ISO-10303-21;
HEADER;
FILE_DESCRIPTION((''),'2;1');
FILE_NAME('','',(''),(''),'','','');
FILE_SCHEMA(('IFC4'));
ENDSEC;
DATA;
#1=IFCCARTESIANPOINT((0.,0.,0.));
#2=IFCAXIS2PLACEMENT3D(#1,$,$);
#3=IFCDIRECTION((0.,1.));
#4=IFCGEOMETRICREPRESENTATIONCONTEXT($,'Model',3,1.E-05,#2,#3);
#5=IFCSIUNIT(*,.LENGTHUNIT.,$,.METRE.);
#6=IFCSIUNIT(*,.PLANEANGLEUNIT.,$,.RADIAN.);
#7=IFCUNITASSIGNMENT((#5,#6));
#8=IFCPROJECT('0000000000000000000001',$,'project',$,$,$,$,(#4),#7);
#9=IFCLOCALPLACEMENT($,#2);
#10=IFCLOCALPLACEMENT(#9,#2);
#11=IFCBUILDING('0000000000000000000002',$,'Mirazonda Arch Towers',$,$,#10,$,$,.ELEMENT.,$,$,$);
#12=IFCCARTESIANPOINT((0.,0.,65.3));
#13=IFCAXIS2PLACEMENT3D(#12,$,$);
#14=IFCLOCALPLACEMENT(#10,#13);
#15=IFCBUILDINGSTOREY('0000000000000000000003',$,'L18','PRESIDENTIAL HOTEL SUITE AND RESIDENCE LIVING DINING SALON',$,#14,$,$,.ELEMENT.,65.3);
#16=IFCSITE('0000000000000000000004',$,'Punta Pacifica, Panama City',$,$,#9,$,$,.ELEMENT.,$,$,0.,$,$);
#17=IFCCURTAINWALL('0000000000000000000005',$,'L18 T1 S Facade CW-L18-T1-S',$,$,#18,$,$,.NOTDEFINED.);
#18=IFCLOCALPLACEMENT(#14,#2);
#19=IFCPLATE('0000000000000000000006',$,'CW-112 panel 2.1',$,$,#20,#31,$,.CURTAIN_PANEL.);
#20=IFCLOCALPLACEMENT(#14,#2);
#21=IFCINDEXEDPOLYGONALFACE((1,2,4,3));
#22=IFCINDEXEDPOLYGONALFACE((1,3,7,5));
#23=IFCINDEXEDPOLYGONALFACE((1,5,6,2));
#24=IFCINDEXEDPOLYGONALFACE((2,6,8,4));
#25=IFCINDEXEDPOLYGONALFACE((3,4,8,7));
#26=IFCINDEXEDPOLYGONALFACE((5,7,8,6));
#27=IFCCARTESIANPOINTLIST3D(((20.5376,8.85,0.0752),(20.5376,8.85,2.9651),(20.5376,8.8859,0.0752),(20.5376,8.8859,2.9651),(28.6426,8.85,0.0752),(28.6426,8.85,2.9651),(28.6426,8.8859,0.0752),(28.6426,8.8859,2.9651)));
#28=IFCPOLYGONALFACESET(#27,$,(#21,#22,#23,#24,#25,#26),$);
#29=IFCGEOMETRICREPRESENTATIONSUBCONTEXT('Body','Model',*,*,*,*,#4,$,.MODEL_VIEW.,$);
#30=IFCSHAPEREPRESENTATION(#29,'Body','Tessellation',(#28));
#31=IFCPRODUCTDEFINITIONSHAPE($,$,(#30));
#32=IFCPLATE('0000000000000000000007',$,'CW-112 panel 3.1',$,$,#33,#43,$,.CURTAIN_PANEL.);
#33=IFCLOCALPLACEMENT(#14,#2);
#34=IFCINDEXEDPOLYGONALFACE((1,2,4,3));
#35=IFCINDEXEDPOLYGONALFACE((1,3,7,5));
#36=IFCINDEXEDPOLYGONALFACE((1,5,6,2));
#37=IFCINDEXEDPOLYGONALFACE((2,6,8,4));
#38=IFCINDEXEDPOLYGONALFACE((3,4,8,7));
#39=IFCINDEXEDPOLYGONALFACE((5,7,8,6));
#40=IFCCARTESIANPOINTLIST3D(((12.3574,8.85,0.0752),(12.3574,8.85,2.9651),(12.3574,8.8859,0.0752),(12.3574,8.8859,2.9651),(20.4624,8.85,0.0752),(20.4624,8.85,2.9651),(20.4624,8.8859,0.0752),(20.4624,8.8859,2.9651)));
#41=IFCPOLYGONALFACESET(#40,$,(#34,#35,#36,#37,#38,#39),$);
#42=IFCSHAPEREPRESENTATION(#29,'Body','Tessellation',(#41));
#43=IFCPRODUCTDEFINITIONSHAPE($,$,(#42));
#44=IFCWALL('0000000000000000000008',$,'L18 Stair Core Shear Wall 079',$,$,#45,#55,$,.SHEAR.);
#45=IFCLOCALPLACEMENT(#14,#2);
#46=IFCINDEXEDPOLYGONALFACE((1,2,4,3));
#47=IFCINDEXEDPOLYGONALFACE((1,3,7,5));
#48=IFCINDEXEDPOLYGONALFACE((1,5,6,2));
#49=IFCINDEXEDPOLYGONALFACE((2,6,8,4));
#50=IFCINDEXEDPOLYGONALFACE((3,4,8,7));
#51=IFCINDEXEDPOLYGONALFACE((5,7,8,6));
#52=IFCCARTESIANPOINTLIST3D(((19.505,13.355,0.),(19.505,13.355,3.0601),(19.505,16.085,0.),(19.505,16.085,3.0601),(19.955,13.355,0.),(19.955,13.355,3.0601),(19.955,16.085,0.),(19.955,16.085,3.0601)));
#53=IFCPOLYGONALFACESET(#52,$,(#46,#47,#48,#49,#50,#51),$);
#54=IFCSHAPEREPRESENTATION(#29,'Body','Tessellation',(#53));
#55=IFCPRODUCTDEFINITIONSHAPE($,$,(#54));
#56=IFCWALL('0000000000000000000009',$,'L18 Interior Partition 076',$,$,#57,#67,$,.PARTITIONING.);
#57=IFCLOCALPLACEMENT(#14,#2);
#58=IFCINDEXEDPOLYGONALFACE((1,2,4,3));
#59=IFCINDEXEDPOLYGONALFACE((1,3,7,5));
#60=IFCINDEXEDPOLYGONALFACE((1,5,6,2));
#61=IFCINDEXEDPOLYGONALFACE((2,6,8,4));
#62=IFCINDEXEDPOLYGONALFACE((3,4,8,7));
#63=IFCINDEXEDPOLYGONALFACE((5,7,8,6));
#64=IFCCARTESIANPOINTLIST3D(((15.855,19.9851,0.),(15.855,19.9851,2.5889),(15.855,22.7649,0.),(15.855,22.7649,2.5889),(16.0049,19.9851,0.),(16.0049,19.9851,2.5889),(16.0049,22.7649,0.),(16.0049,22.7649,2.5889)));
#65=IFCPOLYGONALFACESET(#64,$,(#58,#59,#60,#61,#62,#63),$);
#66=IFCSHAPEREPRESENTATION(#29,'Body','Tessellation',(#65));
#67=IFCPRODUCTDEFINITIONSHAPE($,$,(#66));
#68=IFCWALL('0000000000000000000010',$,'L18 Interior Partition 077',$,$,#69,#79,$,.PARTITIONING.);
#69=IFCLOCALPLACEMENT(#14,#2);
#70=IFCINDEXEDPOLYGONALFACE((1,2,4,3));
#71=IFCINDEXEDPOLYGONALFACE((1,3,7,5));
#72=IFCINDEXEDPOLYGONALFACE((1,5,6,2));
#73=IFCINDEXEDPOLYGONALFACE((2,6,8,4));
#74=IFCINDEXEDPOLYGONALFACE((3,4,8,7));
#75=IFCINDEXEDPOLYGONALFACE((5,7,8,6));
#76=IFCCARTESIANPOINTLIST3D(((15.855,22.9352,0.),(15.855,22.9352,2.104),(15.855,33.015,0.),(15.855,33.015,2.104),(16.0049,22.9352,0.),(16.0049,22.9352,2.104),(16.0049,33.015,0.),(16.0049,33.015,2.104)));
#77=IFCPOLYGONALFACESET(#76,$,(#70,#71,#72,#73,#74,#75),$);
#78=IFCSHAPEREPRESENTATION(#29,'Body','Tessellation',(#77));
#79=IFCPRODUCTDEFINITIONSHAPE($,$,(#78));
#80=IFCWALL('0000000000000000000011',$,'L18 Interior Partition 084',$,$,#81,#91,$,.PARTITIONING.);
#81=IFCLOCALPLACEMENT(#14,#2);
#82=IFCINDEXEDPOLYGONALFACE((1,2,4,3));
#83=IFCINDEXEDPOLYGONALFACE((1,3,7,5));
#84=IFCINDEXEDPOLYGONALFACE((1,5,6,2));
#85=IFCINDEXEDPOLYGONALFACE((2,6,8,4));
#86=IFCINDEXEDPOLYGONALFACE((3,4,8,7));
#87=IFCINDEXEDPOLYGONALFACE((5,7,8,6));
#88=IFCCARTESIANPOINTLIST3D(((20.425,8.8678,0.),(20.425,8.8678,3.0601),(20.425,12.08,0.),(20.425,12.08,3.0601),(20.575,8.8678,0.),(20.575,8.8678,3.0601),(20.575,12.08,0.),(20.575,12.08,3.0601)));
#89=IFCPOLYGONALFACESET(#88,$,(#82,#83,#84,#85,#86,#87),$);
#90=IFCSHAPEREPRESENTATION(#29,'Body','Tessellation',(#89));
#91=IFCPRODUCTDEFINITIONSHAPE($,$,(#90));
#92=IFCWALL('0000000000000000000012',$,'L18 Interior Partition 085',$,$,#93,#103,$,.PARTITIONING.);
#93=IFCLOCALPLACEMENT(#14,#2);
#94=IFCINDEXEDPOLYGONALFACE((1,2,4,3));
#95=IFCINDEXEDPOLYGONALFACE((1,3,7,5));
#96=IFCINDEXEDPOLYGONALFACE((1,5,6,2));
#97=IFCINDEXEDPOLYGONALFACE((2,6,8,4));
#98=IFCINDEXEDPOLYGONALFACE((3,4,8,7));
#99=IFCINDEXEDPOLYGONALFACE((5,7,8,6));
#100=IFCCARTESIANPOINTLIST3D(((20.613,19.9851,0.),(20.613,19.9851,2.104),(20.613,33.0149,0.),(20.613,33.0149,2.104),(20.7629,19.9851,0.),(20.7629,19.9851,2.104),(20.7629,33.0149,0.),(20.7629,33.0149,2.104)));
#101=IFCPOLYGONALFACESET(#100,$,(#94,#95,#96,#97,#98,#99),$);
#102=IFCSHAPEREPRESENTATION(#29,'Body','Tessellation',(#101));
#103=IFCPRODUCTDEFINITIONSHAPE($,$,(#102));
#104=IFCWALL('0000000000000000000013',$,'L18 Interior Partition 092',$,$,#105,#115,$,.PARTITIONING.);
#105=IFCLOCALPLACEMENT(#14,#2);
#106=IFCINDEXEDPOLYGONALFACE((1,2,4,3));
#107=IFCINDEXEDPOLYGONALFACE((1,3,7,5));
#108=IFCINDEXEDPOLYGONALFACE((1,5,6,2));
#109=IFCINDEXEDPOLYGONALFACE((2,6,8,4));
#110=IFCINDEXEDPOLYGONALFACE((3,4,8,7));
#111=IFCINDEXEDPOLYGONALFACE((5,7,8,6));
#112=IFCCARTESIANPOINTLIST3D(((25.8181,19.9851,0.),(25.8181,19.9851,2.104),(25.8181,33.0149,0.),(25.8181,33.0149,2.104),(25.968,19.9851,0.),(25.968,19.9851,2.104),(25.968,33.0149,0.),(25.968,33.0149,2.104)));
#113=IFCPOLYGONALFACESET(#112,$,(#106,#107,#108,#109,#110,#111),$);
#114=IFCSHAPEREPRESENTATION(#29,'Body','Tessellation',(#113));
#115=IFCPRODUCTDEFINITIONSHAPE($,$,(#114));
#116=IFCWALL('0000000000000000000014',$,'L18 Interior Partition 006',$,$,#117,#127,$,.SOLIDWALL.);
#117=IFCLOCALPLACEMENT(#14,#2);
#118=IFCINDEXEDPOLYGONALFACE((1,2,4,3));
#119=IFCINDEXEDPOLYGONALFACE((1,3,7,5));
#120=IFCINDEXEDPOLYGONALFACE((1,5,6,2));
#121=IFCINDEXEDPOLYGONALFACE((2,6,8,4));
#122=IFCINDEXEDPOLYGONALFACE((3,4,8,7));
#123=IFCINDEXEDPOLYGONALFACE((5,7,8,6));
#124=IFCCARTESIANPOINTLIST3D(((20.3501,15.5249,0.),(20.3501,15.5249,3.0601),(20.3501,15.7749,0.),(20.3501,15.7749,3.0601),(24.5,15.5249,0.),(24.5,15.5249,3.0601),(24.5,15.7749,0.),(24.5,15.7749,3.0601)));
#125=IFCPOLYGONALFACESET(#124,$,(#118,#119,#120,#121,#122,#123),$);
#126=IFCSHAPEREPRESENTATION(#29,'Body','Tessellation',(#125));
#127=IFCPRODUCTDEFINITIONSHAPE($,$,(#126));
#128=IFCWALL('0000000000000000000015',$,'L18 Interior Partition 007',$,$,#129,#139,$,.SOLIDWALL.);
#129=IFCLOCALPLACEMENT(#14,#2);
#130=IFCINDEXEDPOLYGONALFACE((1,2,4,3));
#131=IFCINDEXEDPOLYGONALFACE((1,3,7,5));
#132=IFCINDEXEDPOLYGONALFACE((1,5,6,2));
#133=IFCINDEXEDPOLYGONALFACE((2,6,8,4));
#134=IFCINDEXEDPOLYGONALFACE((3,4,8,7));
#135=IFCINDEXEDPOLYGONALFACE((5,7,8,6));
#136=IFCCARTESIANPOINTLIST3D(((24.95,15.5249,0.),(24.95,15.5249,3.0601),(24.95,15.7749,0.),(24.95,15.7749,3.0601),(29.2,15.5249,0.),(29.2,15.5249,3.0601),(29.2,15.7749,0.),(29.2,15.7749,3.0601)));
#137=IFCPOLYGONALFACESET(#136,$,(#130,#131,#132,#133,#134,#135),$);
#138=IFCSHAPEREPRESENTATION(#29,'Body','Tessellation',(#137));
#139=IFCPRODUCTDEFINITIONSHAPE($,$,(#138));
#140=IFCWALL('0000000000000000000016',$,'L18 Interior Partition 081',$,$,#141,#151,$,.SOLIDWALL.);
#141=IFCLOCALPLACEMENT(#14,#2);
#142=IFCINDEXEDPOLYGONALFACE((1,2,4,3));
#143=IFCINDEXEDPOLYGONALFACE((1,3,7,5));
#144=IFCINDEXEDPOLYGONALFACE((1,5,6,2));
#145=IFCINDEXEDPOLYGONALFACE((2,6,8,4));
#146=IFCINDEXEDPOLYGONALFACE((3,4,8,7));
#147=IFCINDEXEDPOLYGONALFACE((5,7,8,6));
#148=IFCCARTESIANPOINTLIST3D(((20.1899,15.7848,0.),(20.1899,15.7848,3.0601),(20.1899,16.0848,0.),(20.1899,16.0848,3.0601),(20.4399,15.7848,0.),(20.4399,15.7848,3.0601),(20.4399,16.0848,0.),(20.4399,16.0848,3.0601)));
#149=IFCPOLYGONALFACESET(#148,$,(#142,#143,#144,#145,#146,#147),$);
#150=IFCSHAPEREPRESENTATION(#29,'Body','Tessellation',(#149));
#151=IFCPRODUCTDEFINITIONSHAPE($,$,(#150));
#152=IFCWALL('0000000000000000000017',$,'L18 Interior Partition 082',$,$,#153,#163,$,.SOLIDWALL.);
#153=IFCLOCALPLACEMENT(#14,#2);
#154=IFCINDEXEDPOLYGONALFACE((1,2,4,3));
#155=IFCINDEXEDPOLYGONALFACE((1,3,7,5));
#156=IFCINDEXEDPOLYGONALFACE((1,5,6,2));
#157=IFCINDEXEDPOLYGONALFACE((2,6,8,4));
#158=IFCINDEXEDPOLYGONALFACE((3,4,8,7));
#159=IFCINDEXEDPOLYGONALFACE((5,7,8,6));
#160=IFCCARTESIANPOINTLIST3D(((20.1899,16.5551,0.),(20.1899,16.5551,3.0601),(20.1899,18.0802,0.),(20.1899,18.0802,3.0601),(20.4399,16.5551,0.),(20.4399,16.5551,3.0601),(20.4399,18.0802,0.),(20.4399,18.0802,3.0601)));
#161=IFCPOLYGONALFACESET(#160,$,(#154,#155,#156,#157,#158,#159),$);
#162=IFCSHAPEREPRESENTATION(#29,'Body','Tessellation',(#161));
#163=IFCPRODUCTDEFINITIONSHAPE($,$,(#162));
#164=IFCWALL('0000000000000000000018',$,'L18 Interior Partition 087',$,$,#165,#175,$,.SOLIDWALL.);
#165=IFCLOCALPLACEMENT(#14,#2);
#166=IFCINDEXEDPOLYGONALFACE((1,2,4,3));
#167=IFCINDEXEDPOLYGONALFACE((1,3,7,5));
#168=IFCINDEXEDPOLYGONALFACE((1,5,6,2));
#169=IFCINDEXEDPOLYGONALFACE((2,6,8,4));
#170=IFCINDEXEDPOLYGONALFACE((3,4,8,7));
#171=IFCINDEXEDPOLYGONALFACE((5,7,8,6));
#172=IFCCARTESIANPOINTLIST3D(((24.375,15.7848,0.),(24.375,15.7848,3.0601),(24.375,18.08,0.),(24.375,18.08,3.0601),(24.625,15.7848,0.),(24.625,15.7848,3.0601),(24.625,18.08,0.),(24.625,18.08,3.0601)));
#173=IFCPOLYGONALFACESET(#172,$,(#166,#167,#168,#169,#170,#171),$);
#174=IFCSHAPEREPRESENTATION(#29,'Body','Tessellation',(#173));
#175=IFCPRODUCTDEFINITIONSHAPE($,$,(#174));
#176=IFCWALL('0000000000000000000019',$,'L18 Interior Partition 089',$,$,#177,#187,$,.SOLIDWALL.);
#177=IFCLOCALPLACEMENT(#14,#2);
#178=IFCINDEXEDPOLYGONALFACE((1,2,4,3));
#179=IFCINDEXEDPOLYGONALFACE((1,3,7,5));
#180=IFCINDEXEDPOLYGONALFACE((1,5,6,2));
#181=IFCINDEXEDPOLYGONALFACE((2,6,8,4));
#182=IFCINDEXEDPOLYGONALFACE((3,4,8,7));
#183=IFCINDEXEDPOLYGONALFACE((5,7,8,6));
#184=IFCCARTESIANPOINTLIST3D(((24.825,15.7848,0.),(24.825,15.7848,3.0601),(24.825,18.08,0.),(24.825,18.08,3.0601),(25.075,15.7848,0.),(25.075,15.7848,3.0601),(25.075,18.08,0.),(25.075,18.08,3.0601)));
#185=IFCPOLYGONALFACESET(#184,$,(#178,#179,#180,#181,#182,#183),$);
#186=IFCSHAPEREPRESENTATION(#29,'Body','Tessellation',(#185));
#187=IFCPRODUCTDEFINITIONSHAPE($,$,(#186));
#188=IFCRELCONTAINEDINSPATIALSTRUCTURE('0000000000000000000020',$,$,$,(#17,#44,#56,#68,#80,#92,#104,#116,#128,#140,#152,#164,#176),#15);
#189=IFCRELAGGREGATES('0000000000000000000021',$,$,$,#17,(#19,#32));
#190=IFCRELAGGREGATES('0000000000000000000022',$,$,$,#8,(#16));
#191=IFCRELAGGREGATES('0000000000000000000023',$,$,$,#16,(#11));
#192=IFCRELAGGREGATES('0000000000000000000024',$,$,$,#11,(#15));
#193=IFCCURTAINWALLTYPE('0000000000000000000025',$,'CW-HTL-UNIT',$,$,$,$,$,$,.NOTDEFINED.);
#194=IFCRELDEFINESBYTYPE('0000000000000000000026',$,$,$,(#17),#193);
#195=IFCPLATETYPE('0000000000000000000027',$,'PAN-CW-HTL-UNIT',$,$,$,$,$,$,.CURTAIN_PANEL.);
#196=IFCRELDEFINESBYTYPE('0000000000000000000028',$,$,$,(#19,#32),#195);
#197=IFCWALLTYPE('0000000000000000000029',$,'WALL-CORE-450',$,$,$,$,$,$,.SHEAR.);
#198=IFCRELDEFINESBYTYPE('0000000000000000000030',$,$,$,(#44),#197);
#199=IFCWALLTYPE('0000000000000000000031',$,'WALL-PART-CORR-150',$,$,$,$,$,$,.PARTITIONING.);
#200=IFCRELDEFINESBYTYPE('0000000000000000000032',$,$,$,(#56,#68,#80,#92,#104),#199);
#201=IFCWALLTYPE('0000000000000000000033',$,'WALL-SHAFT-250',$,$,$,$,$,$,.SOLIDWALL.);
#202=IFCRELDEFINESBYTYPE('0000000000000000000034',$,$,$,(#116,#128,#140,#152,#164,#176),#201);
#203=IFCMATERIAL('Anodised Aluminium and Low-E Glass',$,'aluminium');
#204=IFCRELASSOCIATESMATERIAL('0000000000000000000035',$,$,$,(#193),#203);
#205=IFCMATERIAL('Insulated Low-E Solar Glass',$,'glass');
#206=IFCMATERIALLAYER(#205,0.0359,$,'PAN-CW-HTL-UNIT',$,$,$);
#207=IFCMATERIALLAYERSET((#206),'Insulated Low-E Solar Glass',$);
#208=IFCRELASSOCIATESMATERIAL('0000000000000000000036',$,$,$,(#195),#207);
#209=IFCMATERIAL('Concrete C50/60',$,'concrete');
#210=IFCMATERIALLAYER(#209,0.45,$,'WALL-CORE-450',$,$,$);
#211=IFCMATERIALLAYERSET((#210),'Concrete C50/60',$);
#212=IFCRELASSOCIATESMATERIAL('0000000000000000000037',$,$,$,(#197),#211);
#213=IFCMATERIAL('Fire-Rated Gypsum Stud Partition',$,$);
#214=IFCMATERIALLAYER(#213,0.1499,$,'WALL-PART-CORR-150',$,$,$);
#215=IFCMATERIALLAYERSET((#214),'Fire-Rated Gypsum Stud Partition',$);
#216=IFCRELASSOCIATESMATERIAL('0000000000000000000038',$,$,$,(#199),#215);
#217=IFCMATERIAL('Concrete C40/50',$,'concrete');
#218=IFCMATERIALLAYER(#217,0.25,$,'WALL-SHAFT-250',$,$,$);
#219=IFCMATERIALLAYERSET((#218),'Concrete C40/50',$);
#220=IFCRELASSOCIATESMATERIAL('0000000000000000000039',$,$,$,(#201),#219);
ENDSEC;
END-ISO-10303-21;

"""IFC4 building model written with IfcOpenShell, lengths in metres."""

from ifc_helpers import new_model, si_unit, direction, frame, frame_2d, origin, origin_2d, place, context, subcontext, project, spatial, rectangle, extrude, material, layer, layer_set, type_object, element, aggregate, save


model = new_model("IFC4")

# Units and contexts
model_context = context("Model", 3, precision=1e-05, world=origin(), true_north=direction((0.0, 1.0)))
body_context = subcontext(model_context, "Body", "Model", "MODEL_VIEW")
ifc_project = project(units=[si_unit("LENGTHUNIT", "METRE"), si_unit("PLANEANGLEUNIT", "RADIAN")], contexts=[model_context])

# Site, building, storey
site_placement = place(None, origin())
site = spatial("IfcSite", under=ifc_project, at=site_placement, Name="Punta Pacifica, Panama City", CompositionType="ELEMENT", RefElevation=0.0)
building_placement = place(site_placement, origin())
building = spatial("IfcBuilding", under=site, at=building_placement, Name="Mirazonda Arch Towers", CompositionType="ELEMENT")
storey_placement = place(building_placement, frame((0.0, 0.0, 65.3)))
storey = spatial("IfcBuildingStorey", under=building, at=storey_placement, Name="L18", Description="PRESIDENTIAL HOTEL SUITE AND RESIDENCE LIVING DINING SALON", CompositionType="ELEMENT", Elevation=65.3)

# Curtain wall, plates
ifc_material_1 = material(Name="Anodised Aluminium and Low-E Glass", Category="aluminium")
curtain_wall_type = type_object("IfcCurtainWallType", Name="CW-HTL-UNIT", PredefinedType="NOTDEFINED", material=ifc_material_1)
curtain_wall_placement = place(storey_placement, origin())
curtain_wall = element("IfcCurtainWall", 1, at=curtain_wall_placement, inside=storey, type_object=curtain_wall_type, Name="L18 T1 S Facade CW-L18-T1-S", PredefinedType="NOTDEFINED")
ifc_material_2 = material(Name="Insulated Low-E Solar Glass", Category="glass")
ifc_layer_1 = layer(ifc_material_2, 0.0359, Name="PAN-CW-HTL-UNIT")
ifc_layer_set_1 = layer_set([ifc_layer_1], Name="Insulated Low-E Solar Glass")
plate_type = type_object("IfcPlateType", Name="PAN-CW-HTL-UNIT", PredefinedType="CURTAIN_PANEL", material=ifc_layer_set_1)
plate_1_placement = place(storey_placement, frame((24.5901, 8.8679, 0.0752), z_axis=(0.0, 0.0, 1.0), x_axis=(-1.0, 0.0, 0.0)))
plate_1 = element("IfcPlate", 2, at=plate_1_placement, type_object=plate_type, Name="CW-112 panel 2.1", PredefinedType="CURTAIN_PANEL", context=body_context, shape_type="SweptSolid", body=[
    extrude(rectangle(XDim=8.105, YDim=0.0359, at=origin_2d()), origin(), (0.0, 0.0, 1.0), 2.8899),
])
plate_2_placement = place(storey_placement, frame((16.4099, 8.8679, 0.0752), z_axis=(0.0, 0.0, 1.0), x_axis=(-1.0, 0.0, 0.0)))
plate_2 = element("IfcPlate", 3, at=plate_2_placement, type_object=plate_type, Name="CW-112 panel 3.1", PredefinedType="CURTAIN_PANEL", context=body_context, shape_type="SweptSolid", body=[
    extrude(rectangle(XDim=8.105, YDim=0.0359, at=origin_2d()), origin(), (0.0, 0.0, 1.0), 2.8899),
])
aggregate(curtain_wall, [plate_1, plate_2])

# Walls
ifc_material_3 = material(Name="Concrete C50/60", Category="concrete")
ifc_layer_2 = layer(ifc_material_3, 0.45, Name="WALL-CORE-450")
ifc_layer_set_2 = layer_set([ifc_layer_2], Name="Concrete C50/60")
wall_type_1 = type_object("IfcWallType", Name="WALL-CORE-450", PredefinedType="SHEAR", material=ifc_layer_set_2)
wall_1_placement = place(storey_placement, frame((19.73, 13.355, 0.0), z_axis=(0.0, 0.0, 1.0), x_axis=(0.0, 1.0, 0.0)))
element("IfcWall", 4, at=wall_1_placement, inside=storey, type_object=wall_type_1, Name="L18 Stair Core Shear Wall 079", PredefinedType="SHEAR", context=body_context, shape_type="SweptSolid", body=[
    extrude(rectangle(XDim=2.73, YDim=0.45, at=frame_2d((1.365, 0.0))), origin(), (0.0, 0.0, 1.0), 3.0601),
])
ifc_material_4 = material(Name="Fire-Rated Gypsum Stud Partition")
ifc_layer_3 = layer(ifc_material_4, 0.1499, Name="WALL-PART-CORR-150")
ifc_layer_set_3 = layer_set([ifc_layer_3], Name="Fire-Rated Gypsum Stud Partition")
wall_type_2 = type_object("IfcWallType", Name="WALL-PART-CORR-150", PredefinedType="PARTITIONING", material=ifc_layer_set_3)
wall_2_placement = place(storey_placement, frame((15.9299, 19.9851, 0.0), z_axis=(0.0, 0.0, 1.0), x_axis=(0.0, 1.0, 0.0)))
element("IfcWall", 5, at=wall_2_placement, inside=storey, type_object=wall_type_2, Name="L18 Interior Partition 076", PredefinedType="PARTITIONING", context=body_context, shape_type="SweptSolid", body=[
    extrude(rectangle(XDim=2.7798, YDim=0.1499, at=frame_2d((1.3899, 0.0))), origin(), (0.0, 0.0, 1.0), 2.5889),
])
wall_3_placement = place(storey_placement, frame((15.9299, 22.9351, 0.0), z_axis=(0.0, 0.0, 1.0), x_axis=(0.0, 1.0, 0.0)))
element("IfcWall", 6, at=wall_3_placement, inside=storey, type_object=wall_type_2, Name="L18 Interior Partition 077", PredefinedType="PARTITIONING", context=body_context, shape_type="SweptSolid", body=[
    extrude(rectangle(XDim=10.0798, YDim=0.1499, at=frame_2d((5.04, 0.0))), origin(), (0.0, 0.0, 1.0), 2.104),
])
wall_4_placement = place(storey_placement, frame((20.5, 8.8679, 0.0), z_axis=(0.0, 0.0, 1.0), x_axis=(0.0, 1.0, 0.0)))
element("IfcWall", 7, at=wall_4_placement, inside=storey, type_object=wall_type_2, Name="L18 Interior Partition 084", PredefinedType="PARTITIONING", context=body_context, shape_type="SweptSolid", body=[
    extrude(rectangle(XDim=3.2122, YDim=0.1499, at=frame_2d((1.606, 0.0))), origin(), (0.0, 0.0, 1.0), 3.0601),
])
for number, where, z_axis, x_axis, name in (
    (8, (20.688, 19.9851, 0.0), (0.0, 0.0, 1.0), (0.0, 1.0, 0.0), "L18 Interior Partition 085"),
    (9, (25.8931, 19.9851, 0.0), (0.0, 0.0, 1.0), (0.0, 1.0, 0.0), "L18 Interior Partition 092"),
):
    element("IfcWall", number, at=place(storey_placement, frame(where, z_axis=z_axis, x_axis=x_axis)), inside=storey, type_object=wall_type_2, Name=name, PredefinedType="PARTITIONING", context=body_context, shape_type="SweptSolid", body=[
        extrude(rectangle(XDim=13.0298, YDim=0.1499, at=frame_2d((6.5149, 0.0))), origin(), (0.0, 0.0, 1.0), 2.104),
    ])
ifc_material_5 = material(Name="Concrete C40/50", Category="concrete")
ifc_layer_4 = layer(ifc_material_5, 0.25, Name="WALL-SHAFT-250")
ifc_layer_set_4 = layer_set([ifc_layer_4], Name="Concrete C40/50")
wall_type_3 = type_object("IfcWallType", Name="WALL-SHAFT-250", PredefinedType="SOLIDWALL", material=ifc_layer_set_4)
wall_5_placement = place(storey_placement, frame((20.3501, 15.6499, 0.0), z_axis=(0.0, 0.0, 1.0), x_axis=(1.0, 0.0, 0.0)))
element("IfcWall", 10, at=wall_5_placement, inside=storey, type_object=wall_type_3, Name="L18 Interior Partition 006", PredefinedType="SOLIDWALL", context=body_context, shape_type="SweptSolid", body=[
    extrude(rectangle(XDim=4.1499, YDim=0.25, at=frame_2d((2.075, 0.0))), origin(), (0.0, 0.0, 1.0), 3.0601),
])
wall_6_placement = place(storey_placement, frame((24.95, 15.6499, 0.0), z_axis=(0.0, 0.0, 1.0), x_axis=(1.0, 0.0, 0.0)))
element("IfcWall", 11, at=wall_6_placement, inside=storey, type_object=wall_type_3, Name="L18 Interior Partition 007", PredefinedType="SOLIDWALL", context=body_context, shape_type="SweptSolid", body=[
    extrude(rectangle(XDim=4.25, YDim=0.25, at=frame_2d((2.125, 0.0))), origin(), (0.0, 0.0, 1.0), 3.0601),
])
wall_7_placement = place(storey_placement, frame((20.3149, 15.7849, 0.0), z_axis=(0.0, 0.0, 1.0), x_axis=(0.0, 1.0, 0.0)))
element("IfcWall", 12, at=wall_7_placement, inside=storey, type_object=wall_type_3, Name="L18 Interior Partition 081", PredefinedType="SOLIDWALL", context=body_context, shape_type="SweptSolid", body=[
    extrude(rectangle(XDim=0.3, YDim=0.25, at=frame_2d((0.1499, 0.0))), origin(), (0.0, 0.0, 1.0), 3.0601),
])
wall_8_placement = place(storey_placement, frame((20.3149, 16.5549, 0.0), z_axis=(0.0, 0.0, 1.0), x_axis=(0.0, 1.0, 0.0)))
element("IfcWall", 13, at=wall_8_placement, inside=storey, type_object=wall_type_3, Name="L18 Interior Partition 082", PredefinedType="SOLIDWALL", context=body_context, shape_type="SweptSolid", body=[
    extrude(rectangle(XDim=1.5251, YDim=0.25, at=frame_2d((0.7627, 0.0))), origin(), (0.0, 0.0, 1.0), 3.0601),
])
for number, where, z_axis, x_axis, name in (
    (14, (24.5, 15.7849, 0.0), (0.0, 0.0, 1.0), (0.0, 1.0, 0.0), "L18 Interior Partition 087"),
    (15, (24.95, 15.7849, 0.0), (0.0, 0.0, 1.0), (0.0, 1.0, 0.0), "L18 Interior Partition 089"),
):
    element("IfcWall", number, at=place(storey_placement, frame(where, z_axis=z_axis, x_axis=x_axis)), inside=storey, type_object=wall_type_3, Name=name, PredefinedType="SOLIDWALL", context=body_context, shape_type="SweptSolid", body=[
        extrude(rectangle(XDim=2.2952, YDim=0.25, at=frame_2d((1.1475, 0.0))), origin(), (0.0, 0.0, 1.0), 3.0601),
    ])

save(model, "model.ifc")
